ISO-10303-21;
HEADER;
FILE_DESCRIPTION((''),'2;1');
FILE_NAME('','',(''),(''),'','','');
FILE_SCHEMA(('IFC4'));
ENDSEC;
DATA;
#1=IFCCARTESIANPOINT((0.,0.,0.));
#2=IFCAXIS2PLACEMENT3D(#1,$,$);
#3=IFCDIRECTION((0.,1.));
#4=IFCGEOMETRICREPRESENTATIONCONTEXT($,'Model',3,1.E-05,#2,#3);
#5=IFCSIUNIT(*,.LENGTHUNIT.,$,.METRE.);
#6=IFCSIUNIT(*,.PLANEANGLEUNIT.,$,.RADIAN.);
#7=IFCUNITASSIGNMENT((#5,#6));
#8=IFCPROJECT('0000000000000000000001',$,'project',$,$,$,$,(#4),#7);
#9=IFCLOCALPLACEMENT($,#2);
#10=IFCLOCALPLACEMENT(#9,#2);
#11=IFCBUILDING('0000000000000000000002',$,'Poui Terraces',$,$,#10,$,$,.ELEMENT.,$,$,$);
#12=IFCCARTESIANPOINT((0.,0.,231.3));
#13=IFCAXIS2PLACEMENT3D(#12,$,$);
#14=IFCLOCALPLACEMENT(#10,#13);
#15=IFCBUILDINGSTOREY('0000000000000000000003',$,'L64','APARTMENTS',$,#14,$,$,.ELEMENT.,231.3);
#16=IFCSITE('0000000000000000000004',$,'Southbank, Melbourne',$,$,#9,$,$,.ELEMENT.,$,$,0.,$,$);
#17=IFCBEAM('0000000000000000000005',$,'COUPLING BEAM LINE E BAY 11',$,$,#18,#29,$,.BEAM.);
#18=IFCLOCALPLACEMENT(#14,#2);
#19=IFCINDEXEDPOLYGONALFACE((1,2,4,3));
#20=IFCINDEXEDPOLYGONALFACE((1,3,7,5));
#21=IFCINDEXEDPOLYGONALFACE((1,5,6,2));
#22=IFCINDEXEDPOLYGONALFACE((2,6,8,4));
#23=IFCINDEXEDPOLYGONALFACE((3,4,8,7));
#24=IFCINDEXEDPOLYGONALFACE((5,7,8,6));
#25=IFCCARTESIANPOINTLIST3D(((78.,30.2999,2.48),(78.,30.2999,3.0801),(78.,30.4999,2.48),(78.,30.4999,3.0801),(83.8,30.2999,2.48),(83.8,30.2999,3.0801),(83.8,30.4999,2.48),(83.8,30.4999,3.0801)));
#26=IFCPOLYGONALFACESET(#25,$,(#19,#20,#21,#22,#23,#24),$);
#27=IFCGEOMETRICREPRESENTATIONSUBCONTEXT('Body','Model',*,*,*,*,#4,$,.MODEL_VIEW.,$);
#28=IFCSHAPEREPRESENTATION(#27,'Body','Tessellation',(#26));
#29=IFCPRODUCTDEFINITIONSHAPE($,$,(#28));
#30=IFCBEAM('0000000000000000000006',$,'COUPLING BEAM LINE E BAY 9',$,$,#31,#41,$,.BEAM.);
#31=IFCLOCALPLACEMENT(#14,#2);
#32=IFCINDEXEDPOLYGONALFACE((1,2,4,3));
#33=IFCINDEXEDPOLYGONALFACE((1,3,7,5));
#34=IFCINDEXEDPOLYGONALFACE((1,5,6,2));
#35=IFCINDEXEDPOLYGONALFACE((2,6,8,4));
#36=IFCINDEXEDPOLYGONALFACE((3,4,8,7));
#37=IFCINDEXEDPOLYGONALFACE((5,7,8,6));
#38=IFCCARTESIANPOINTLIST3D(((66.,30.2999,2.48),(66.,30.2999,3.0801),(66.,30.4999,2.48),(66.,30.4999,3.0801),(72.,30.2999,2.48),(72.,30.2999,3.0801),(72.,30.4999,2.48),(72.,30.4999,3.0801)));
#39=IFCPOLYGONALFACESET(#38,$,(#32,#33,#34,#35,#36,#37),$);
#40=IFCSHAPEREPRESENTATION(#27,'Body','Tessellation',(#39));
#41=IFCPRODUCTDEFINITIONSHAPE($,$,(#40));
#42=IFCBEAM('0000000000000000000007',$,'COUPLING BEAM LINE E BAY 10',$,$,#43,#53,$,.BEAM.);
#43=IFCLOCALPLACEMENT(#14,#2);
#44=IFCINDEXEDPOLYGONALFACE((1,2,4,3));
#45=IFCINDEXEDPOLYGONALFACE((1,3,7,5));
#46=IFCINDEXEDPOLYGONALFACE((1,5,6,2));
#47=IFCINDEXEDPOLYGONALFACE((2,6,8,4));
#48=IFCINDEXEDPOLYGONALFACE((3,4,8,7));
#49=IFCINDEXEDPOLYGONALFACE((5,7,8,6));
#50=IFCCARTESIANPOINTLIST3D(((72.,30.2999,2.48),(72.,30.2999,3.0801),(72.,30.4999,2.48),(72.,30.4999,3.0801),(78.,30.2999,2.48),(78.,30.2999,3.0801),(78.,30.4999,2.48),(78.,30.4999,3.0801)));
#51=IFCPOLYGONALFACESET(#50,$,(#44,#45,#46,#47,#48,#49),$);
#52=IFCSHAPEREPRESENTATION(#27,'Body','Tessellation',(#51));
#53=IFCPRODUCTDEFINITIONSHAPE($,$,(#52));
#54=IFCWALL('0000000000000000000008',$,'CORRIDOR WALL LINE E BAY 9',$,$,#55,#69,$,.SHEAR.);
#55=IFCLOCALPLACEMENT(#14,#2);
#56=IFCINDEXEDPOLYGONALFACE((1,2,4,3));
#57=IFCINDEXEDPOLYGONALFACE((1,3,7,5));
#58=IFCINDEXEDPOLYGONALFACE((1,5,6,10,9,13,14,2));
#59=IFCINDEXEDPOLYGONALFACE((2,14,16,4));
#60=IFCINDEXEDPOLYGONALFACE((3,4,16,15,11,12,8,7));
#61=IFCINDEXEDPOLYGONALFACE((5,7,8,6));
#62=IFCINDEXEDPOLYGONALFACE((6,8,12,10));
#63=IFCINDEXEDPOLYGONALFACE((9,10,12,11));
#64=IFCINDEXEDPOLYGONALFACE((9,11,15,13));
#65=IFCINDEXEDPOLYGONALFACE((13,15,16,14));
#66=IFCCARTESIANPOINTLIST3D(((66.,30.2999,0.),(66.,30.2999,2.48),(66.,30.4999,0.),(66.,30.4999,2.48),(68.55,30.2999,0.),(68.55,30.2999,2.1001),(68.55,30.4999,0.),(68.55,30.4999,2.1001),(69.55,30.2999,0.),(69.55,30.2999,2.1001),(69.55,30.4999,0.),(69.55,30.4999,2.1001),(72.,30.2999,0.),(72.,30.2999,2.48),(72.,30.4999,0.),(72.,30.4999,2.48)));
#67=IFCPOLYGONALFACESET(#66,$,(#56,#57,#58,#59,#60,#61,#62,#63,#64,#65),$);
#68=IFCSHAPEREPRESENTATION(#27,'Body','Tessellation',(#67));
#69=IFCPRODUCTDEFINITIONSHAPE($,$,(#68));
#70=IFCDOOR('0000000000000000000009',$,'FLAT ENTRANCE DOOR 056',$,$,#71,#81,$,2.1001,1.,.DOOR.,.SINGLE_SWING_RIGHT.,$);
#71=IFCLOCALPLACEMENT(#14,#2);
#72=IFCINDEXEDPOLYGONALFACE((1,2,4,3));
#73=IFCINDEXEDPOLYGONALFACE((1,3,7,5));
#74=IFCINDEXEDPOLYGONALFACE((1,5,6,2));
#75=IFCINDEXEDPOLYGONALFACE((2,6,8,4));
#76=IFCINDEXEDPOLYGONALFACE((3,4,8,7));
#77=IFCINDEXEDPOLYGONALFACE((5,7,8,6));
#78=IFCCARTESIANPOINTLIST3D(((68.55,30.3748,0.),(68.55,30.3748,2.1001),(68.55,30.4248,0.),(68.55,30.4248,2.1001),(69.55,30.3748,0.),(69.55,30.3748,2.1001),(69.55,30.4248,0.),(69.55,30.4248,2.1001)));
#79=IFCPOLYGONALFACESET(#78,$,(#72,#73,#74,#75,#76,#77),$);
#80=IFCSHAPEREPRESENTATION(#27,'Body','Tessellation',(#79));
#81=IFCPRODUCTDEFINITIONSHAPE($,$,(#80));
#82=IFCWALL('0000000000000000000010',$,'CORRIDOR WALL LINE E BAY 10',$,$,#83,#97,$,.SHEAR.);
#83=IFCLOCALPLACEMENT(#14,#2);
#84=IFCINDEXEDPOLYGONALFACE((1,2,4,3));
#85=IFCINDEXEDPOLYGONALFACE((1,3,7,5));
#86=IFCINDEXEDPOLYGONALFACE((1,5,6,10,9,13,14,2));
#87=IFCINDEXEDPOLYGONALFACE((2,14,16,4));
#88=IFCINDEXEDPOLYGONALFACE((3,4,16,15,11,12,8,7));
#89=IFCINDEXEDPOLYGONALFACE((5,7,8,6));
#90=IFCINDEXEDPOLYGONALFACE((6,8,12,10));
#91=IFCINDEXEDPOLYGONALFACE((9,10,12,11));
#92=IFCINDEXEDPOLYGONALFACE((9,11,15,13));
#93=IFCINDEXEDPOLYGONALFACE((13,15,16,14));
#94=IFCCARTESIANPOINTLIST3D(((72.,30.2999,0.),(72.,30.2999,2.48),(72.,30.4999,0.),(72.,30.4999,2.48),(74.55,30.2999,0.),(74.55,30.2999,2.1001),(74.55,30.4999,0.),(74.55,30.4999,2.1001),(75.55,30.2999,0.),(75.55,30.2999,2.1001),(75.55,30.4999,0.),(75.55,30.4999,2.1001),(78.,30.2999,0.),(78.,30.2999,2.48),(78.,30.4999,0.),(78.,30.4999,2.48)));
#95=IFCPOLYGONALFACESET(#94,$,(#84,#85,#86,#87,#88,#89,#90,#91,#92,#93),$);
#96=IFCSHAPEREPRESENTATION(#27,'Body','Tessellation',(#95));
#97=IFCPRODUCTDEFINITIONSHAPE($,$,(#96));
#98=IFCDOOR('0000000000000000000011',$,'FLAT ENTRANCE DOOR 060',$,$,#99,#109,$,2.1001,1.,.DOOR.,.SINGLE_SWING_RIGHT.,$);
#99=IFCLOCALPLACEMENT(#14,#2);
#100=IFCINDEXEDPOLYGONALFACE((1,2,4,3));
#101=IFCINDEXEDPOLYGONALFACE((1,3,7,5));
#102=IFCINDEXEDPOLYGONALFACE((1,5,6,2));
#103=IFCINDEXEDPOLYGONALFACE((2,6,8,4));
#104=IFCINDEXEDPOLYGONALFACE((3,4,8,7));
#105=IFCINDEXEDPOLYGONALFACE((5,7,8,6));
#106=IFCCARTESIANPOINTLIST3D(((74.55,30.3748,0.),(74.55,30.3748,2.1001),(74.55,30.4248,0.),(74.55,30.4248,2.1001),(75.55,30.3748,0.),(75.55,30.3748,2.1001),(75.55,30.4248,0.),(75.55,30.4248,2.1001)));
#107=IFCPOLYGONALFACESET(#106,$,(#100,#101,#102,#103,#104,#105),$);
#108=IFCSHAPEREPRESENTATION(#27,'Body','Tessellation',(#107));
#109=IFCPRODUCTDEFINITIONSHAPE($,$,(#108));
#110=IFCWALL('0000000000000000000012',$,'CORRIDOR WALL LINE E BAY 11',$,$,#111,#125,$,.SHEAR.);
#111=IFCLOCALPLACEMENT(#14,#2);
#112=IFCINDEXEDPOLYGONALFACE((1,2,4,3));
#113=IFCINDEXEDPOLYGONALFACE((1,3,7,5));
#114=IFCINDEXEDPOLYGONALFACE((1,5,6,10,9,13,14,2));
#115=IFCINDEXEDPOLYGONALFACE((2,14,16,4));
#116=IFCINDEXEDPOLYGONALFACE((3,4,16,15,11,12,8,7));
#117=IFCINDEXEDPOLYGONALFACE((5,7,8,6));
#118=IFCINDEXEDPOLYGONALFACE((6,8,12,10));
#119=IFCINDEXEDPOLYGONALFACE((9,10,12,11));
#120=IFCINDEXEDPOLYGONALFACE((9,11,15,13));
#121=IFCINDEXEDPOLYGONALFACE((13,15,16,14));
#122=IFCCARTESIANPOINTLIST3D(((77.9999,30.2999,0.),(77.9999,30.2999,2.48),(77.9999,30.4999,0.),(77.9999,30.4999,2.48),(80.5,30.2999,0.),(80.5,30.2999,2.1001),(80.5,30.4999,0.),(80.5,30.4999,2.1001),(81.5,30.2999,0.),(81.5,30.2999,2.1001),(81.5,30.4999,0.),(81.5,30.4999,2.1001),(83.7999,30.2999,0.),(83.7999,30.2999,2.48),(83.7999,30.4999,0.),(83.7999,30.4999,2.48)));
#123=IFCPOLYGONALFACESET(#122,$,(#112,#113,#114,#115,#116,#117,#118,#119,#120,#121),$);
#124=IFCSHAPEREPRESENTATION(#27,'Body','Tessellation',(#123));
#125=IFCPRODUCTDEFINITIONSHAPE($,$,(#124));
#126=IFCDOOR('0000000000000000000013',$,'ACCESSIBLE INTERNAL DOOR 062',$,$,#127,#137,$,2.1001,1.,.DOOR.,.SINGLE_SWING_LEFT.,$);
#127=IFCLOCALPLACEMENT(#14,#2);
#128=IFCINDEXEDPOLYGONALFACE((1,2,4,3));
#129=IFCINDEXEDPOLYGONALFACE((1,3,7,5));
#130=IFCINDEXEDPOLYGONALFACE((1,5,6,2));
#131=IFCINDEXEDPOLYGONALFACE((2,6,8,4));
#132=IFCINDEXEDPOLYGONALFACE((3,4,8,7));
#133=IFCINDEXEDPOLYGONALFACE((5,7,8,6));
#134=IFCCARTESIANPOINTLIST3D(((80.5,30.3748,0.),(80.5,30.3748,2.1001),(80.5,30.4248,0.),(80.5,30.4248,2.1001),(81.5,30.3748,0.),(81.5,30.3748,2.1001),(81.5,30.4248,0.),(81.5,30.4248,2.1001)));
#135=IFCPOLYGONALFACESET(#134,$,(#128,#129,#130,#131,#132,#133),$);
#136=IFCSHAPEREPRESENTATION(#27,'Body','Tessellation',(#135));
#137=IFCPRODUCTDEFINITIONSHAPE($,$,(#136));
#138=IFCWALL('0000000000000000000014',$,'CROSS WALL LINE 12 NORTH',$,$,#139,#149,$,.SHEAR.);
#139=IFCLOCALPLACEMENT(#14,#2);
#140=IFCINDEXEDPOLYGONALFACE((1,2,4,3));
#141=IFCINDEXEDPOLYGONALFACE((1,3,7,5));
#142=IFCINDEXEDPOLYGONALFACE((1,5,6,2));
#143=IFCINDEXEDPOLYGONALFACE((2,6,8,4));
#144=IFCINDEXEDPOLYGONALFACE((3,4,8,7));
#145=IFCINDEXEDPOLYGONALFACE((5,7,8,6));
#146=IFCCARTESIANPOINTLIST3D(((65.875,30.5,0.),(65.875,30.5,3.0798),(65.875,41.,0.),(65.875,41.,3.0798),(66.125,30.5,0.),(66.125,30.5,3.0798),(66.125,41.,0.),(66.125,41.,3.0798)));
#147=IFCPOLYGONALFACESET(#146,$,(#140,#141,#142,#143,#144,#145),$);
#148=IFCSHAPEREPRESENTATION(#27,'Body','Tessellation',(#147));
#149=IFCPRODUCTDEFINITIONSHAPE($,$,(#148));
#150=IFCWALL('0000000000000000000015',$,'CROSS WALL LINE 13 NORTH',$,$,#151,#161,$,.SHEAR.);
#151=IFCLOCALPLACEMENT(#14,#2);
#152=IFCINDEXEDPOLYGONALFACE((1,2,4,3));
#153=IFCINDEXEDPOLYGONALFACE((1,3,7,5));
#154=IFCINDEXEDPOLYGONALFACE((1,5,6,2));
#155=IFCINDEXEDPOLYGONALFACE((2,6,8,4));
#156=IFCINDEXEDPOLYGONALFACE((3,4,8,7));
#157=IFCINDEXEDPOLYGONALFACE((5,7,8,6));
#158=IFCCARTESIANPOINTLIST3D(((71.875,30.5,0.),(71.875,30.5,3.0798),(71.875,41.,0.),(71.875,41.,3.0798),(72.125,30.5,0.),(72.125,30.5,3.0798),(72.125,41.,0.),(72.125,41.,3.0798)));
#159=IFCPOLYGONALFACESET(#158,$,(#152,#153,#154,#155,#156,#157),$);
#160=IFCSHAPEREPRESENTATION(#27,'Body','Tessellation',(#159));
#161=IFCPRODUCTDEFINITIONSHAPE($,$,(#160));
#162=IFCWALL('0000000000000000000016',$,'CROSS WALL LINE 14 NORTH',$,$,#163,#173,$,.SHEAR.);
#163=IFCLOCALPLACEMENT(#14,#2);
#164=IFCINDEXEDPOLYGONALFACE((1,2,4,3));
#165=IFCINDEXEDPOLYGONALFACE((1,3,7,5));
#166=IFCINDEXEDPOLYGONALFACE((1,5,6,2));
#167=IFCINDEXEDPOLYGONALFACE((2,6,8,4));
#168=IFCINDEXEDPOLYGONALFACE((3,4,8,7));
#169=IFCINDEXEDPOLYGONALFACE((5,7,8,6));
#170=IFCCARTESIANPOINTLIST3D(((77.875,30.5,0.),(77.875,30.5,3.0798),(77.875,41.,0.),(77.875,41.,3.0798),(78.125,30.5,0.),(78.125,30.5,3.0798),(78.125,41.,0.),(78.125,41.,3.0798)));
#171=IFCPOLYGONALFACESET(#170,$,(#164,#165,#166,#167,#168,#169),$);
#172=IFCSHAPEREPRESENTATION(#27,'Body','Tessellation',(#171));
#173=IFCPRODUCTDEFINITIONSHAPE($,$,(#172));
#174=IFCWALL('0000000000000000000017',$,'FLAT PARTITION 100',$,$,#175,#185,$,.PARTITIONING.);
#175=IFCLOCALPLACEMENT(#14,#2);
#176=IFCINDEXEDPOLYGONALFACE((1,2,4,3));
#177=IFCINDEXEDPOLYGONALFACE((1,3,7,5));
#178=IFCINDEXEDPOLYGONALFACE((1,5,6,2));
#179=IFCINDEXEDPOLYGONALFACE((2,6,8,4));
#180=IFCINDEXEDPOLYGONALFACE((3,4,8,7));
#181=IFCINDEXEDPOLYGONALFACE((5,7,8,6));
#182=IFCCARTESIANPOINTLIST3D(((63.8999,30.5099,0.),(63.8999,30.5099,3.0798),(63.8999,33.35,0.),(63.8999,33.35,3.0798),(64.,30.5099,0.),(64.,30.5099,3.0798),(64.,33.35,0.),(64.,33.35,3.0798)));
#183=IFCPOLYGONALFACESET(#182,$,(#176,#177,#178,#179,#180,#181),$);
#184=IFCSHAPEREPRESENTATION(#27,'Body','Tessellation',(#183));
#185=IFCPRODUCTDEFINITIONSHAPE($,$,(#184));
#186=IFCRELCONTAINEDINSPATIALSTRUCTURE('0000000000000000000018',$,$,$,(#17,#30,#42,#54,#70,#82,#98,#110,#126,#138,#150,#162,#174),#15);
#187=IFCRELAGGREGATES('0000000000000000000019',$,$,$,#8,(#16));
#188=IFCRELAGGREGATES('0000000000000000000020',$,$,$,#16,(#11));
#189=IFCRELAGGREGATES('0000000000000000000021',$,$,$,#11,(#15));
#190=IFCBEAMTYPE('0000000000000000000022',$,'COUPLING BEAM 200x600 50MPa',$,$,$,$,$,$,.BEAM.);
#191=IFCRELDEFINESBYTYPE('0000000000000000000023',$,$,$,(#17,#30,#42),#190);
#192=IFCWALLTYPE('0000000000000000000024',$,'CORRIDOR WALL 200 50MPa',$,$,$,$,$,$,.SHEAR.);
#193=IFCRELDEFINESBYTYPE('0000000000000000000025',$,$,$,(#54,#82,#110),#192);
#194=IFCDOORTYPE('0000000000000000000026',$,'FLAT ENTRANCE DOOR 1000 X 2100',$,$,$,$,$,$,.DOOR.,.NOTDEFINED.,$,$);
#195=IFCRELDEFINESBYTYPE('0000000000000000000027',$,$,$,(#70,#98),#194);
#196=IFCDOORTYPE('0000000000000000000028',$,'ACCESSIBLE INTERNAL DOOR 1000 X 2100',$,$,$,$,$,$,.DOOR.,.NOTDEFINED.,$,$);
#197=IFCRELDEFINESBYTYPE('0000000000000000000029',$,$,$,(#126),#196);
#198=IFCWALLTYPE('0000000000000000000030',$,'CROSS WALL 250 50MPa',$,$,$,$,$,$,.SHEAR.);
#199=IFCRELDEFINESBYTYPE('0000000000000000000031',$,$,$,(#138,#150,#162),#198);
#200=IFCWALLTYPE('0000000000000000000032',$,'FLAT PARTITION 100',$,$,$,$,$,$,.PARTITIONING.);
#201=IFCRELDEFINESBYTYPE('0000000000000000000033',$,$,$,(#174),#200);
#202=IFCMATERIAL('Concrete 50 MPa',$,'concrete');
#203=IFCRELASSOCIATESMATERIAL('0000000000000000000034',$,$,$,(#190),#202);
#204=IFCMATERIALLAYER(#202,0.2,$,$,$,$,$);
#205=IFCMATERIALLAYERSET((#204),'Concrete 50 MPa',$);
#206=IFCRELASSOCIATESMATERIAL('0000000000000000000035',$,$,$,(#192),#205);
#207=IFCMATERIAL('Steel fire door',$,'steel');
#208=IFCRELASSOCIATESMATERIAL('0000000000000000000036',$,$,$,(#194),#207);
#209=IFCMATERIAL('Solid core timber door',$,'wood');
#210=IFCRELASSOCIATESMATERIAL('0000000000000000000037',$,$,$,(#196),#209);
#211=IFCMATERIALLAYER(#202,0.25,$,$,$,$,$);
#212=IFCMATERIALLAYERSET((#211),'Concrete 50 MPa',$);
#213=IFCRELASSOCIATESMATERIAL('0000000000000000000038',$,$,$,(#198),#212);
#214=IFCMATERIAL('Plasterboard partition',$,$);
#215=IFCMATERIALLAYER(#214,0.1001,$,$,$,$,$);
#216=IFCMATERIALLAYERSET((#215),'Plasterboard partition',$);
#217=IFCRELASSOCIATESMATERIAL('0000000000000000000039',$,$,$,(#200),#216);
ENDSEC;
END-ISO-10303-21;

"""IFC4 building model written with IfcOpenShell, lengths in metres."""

from ifc_helpers import new_model, si_unit, direction, frame, frame_2d, origin, origin_2d, place, context, subcontext, project, spatial, rectangle, extrude, source, transform, mapped, material, layer, layer_set, material_profile, profile_set, type_object, element, fill, save


model = new_model("IFC4")

# Units and contexts
model_context = context("Model", 3, precision=1e-05, world=origin(), true_north=direction((0.0, 1.0)))
body_context = subcontext(model_context, "Body", "Model", "MODEL_VIEW")
ifc_project = project(units=[si_unit("LENGTHUNIT", "METRE"), si_unit("PLANEANGLEUNIT", "RADIAN")], contexts=[model_context])

# Site, building, storey
site_placement = place(None, origin())
site = spatial("IfcSite", under=ifc_project, at=site_placement, Name="Southbank, Melbourne", CompositionType="ELEMENT", RefElevation=0.0)
building_placement = place(site_placement, origin())
building = spatial("IfcBuilding", under=site, at=building_placement, Name="Poui Terraces", CompositionType="ELEMENT")
storey_placement = place(building_placement, frame((0.0, 0.0, 231.3)))
storey = spatial("IfcBuildingStorey", under=building, at=storey_placement, Name="L64", Description="APARTMENTS", CompositionType="ELEMENT", Elevation=231.3)

# Beams
ifc_material_1 = material(Name="Concrete 50 MPa", Category="concrete")
ifc_material_profile = material_profile(ifc_material_1, rectangle(XDim=0.2, YDim=0.6001, at=origin_2d()), Name="RC 200x600")
ifc_profile_set = profile_set([ifc_material_profile], Name="Concrete 50 MPa")
beam_type = type_object("IfcBeamType", Name="COUPLING BEAM 200x600 50MPa", PredefinedType="BEAM", material=ifc_profile_set)
shared_shape_1 = source(origin(), body_context, "Body", "SweptSolid", [
    extrude(rectangle(XDim=0.2, YDim=0.6001, at=origin_2d()), origin(), (0.0, 0.0, 1.0), 5.8),
])
beam_placement = place(storey_placement, frame((78.0, 30.3999, 2.78), z_axis=(1.0, 0.0, 0.0), x_axis=(0.0, 1.0, 0.0)))
element("IfcBeam", 1, at=beam_placement, inside=storey, type_object=beam_type, Name="COUPLING BEAM LINE E BAY 11", PredefinedType="BEAM", context=body_context, shape_type="MappedRepresentation", body=[
    mapped(shared_shape_1, transform((0.0, 0.0, 0.0))),
])
shared_shape_2 = source(origin(), body_context, "Body", "SweptSolid", [
    extrude(rectangle(XDim=0.2, YDim=0.6001, at=origin_2d()), origin(), (0.0, 0.0, 1.0), 6.0),
])
for number, where, z_axis, x_axis, name in (
    (2, (66.0, 30.3999, 2.78), (1.0, 0.0, 0.0), (0.0, 1.0, 0.0), "COUPLING BEAM LINE E BAY 9"),
    (3, (72.0, 30.3999, 2.78), (1.0, 0.0, 0.0), (0.0, 1.0, 0.0), "COUPLING BEAM LINE E BAY 10"),
):
    element("IfcBeam", number, at=place(storey_placement, frame(where, z_axis=z_axis, x_axis=x_axis)), inside=storey, type_object=beam_type, Name=name, PredefinedType="BEAM", context=body_context, shape_type="MappedRepresentation", body=[
        mapped(shared_shape_2, transform((0.0, 0.0, 0.0))),
    ])

# Walls, openings, doors
ifc_layer_1 = layer(ifc_material_1, 0.2)
ifc_layer_set_1 = layer_set([ifc_layer_1], Name="Concrete 50 MPa")
wall_type_1 = type_object("IfcWallType", Name="CORRIDOR WALL 200 50MPa", PredefinedType="SHEAR", material=ifc_layer_set_1)
wall_1_placement = place(storey_placement, frame((66.0, 30.3999, 0.0), z_axis=(0.0, 0.0, 1.0), x_axis=(1.0, 0.0, 0.0)))
wall_1 = element("IfcWall", 4, at=wall_1_placement, inside=storey, type_object=wall_type_1, Name="CORRIDOR WALL LINE E BAY 9", PredefinedType="SHEAR", context=body_context, shape_type="SweptSolid", body=[
    extrude(rectangle(XDim=6.0, YDim=0.2, at=frame_2d((3.0, 0.0))), origin(), (0.0, 0.0, 1.0), 2.48),
])
opening_1_placement = place(wall_1_placement, frame((2.55, 0.0, 0.0)))
opening_1 = element("IfcOpeningElement", 5, at=opening_1_placement, cuts=wall_1, PredefinedType="OPENING", context=body_context, shape_type="SweptSolid", body=[
    extrude(rectangle(XDim=1.0, YDim=2.1001, at=frame_2d((0.5, 1.05))), frame((0.0, 0.1099, 0.0), z_axis=(0.0, -1.0, 0.0), x_axis=(1.0, 0.0, 0.0)), (0.0, 0.0, 1.0), 0.22),
])
ifc_material_2 = material(Name="Steel fire door", Category="steel")
door_type_1 = type_object("IfcDoorType", Name="FLAT ENTRANCE DOOR 1000 X 2100", OperationType="NOTDEFINED", PredefinedType="DOOR", material=ifc_material_2)
door_1_placement = place(opening_1_placement, origin())
door_1 = element("IfcDoor", 6, at=door_1_placement, inside=storey, type_object=door_type_1, Name="FLAT ENTRANCE DOOR 056", OperationType="SINGLE_SWING_RIGHT", OverallHeight=2.1001, OverallWidth=1.0, PredefinedType="DOOR", context=body_context, shape_type="SweptSolid", body=[
    extrude(rectangle(XDim=1.0, YDim=2.1001, at=frame_2d((0.5, 1.05))), frame((0.0, 0.0249, 0.0), z_axis=(0.0, -1.0, 0.0), x_axis=(1.0, 0.0, 0.0)), (0.0, 0.0, 1.0), 0.05),
])
fill(opening_1, door_1)
wall_2_placement = place(storey_placement, frame((72.0, 30.3999, 0.0), z_axis=(0.0, 0.0, 1.0), x_axis=(1.0, 0.0, 0.0)))
wall_2 = element("IfcWall", 7, at=wall_2_placement, inside=storey, type_object=wall_type_1, Name="CORRIDOR WALL LINE E BAY 10", PredefinedType="SHEAR", context=body_context, shape_type="SweptSolid", body=[
    extrude(rectangle(XDim=6.0, YDim=0.2, at=frame_2d((3.0, 0.0))), origin(), (0.0, 0.0, 1.0), 2.48),
])
opening_2_placement = place(wall_2_placement, frame((2.55, 0.0, 0.0)))
opening_2 = element("IfcOpeningElement", 8, at=opening_2_placement, cuts=wall_2, PredefinedType="OPENING", context=body_context, shape_type="SweptSolid", body=[
    extrude(rectangle(XDim=1.0, YDim=2.1001, at=frame_2d((0.5, 1.05))), frame((0.0, 0.1099, 0.0), z_axis=(0.0, -1.0, 0.0), x_axis=(1.0, 0.0, 0.0)), (0.0, 0.0, 1.0), 0.22),
])
door_2_placement = place(opening_2_placement, origin())
door_2 = element("IfcDoor", 9, at=door_2_placement, inside=storey, type_object=door_type_1, Name="FLAT ENTRANCE DOOR 060", OperationType="SINGLE_SWING_RIGHT", OverallHeight=2.1001, OverallWidth=1.0, PredefinedType="DOOR", context=body_context, shape_type="SweptSolid", body=[
    extrude(rectangle(XDim=1.0, YDim=2.1001, at=frame_2d((0.5, 1.05))), frame((0.0, 0.0249, 0.0), z_axis=(0.0, -1.0, 0.0), x_axis=(1.0, 0.0, 0.0)), (0.0, 0.0, 1.0), 0.05),
])
fill(opening_2, door_2)
wall_3_placement = place(storey_placement, frame((78.0, 30.3999, 0.0), z_axis=(0.0, 0.0, 1.0), x_axis=(1.0, 0.0, 0.0)))
wall_3 = element("IfcWall", 10, at=wall_3_placement, inside=storey, type_object=wall_type_1, Name="CORRIDOR WALL LINE E BAY 11", PredefinedType="SHEAR", context=body_context, shape_type="SweptSolid", body=[
    extrude(rectangle(XDim=5.8, YDim=0.2, at=frame_2d((2.8999, 0.0))), origin(), (0.0, 0.0, 1.0), 2.48),
])
opening_3_placement = place(wall_3_placement, frame((2.5, 0.0, 0.0)))
opening_3 = element("IfcOpeningElement", 11, at=opening_3_placement, cuts=wall_3, PredefinedType="OPENING", context=body_context, shape_type="SweptSolid", body=[
    extrude(rectangle(XDim=1.0, YDim=2.1001, at=frame_2d((0.5, 1.05))), frame((0.0, 0.1099, 0.0), z_axis=(0.0, -1.0, 0.0), x_axis=(1.0, 0.0, 0.0)), (0.0, 0.0, 1.0), 0.22),
])
ifc_material_3 = material(Name="Solid core timber door", Category="wood")
door_type_2 = type_object("IfcDoorType", Name="ACCESSIBLE INTERNAL DOOR 1000 X 2100", OperationType="NOTDEFINED", PredefinedType="DOOR", material=ifc_material_3)
door_3_placement = place(opening_3_placement, origin())
door_3 = element("IfcDoor", 12, at=door_3_placement, inside=storey, type_object=door_type_2, Name="ACCESSIBLE INTERNAL DOOR 062", OperationType="SINGLE_SWING_LEFT", OverallHeight=2.1001, OverallWidth=1.0, PredefinedType="DOOR", context=body_context, shape_type="SweptSolid", body=[
    extrude(rectangle(XDim=1.0, YDim=2.1001, at=frame_2d((0.5, 1.05))), frame((0.0, 0.0249, 0.0), z_axis=(0.0, -1.0, 0.0), x_axis=(1.0, 0.0, 0.0)), (0.0, 0.0, 1.0), 0.05),
])
fill(opening_3, door_3)

# Walls
ifc_layer_2 = layer(ifc_material_1, 0.25)
ifc_layer_set_2 = layer_set([ifc_layer_2], Name="Concrete 50 MPa")
wall_type_2 = type_object("IfcWallType", Name="CROSS WALL 250 50MPa", PredefinedType="SHEAR", material=ifc_layer_set_2)
for number, where, z_axis, x_axis, name in (
    (13, (66.0, 30.5, 0.0), (0.0, 0.0, 1.0), (0.0, 1.0, 0.0), "CROSS WALL LINE 12 NORTH"),
    (14, (72.0, 30.5, 0.0), (0.0, 0.0, 1.0), (0.0, 1.0, 0.0), "CROSS WALL LINE 13 NORTH"),
    (15, (78.0, 30.5, 0.0), (0.0, 0.0, 1.0), (0.0, 1.0, 0.0), "CROSS WALL LINE 14 NORTH"),
):
    element("IfcWall", number, at=place(storey_placement, frame(where, z_axis=z_axis, x_axis=x_axis)), inside=storey, type_object=wall_type_2, Name=name, PredefinedType="SHEAR", context=body_context, shape_type="SweptSolid", body=[
        extrude(rectangle(XDim=10.5, YDim=0.25, at=frame_2d((5.25, 0.0))), origin(), (0.0, 0.0, 1.0), 3.0798),
    ])
ifc_material_4 = material(Name="Plasterboard partition")
ifc_layer_3 = layer(ifc_material_4, 0.1001)
ifc_layer_set_3 = layer_set([ifc_layer_3], Name="Plasterboard partition")
wall_type_3 = type_object("IfcWallType", Name="FLAT PARTITION 100", PredefinedType="PARTITIONING", material=ifc_layer_set_3)
wall_4_placement = place(storey_placement, frame((63.95, 30.51, 0.0), z_axis=(0.0, 0.0, 1.0), x_axis=(0.0, 1.0, 0.0)))
element("IfcWall", 16, at=wall_4_placement, inside=storey, type_object=wall_type_3, Name="FLAT PARTITION 100", PredefinedType="PARTITIONING", context=body_context, shape_type="SweptSolid", body=[
    extrude(rectangle(XDim=2.8401, YDim=0.1001, at=frame_2d((1.4199, 0.0))), origin(), (0.0, 0.0, 1.0), 3.0798),
])

save(model, "model.ifc")
